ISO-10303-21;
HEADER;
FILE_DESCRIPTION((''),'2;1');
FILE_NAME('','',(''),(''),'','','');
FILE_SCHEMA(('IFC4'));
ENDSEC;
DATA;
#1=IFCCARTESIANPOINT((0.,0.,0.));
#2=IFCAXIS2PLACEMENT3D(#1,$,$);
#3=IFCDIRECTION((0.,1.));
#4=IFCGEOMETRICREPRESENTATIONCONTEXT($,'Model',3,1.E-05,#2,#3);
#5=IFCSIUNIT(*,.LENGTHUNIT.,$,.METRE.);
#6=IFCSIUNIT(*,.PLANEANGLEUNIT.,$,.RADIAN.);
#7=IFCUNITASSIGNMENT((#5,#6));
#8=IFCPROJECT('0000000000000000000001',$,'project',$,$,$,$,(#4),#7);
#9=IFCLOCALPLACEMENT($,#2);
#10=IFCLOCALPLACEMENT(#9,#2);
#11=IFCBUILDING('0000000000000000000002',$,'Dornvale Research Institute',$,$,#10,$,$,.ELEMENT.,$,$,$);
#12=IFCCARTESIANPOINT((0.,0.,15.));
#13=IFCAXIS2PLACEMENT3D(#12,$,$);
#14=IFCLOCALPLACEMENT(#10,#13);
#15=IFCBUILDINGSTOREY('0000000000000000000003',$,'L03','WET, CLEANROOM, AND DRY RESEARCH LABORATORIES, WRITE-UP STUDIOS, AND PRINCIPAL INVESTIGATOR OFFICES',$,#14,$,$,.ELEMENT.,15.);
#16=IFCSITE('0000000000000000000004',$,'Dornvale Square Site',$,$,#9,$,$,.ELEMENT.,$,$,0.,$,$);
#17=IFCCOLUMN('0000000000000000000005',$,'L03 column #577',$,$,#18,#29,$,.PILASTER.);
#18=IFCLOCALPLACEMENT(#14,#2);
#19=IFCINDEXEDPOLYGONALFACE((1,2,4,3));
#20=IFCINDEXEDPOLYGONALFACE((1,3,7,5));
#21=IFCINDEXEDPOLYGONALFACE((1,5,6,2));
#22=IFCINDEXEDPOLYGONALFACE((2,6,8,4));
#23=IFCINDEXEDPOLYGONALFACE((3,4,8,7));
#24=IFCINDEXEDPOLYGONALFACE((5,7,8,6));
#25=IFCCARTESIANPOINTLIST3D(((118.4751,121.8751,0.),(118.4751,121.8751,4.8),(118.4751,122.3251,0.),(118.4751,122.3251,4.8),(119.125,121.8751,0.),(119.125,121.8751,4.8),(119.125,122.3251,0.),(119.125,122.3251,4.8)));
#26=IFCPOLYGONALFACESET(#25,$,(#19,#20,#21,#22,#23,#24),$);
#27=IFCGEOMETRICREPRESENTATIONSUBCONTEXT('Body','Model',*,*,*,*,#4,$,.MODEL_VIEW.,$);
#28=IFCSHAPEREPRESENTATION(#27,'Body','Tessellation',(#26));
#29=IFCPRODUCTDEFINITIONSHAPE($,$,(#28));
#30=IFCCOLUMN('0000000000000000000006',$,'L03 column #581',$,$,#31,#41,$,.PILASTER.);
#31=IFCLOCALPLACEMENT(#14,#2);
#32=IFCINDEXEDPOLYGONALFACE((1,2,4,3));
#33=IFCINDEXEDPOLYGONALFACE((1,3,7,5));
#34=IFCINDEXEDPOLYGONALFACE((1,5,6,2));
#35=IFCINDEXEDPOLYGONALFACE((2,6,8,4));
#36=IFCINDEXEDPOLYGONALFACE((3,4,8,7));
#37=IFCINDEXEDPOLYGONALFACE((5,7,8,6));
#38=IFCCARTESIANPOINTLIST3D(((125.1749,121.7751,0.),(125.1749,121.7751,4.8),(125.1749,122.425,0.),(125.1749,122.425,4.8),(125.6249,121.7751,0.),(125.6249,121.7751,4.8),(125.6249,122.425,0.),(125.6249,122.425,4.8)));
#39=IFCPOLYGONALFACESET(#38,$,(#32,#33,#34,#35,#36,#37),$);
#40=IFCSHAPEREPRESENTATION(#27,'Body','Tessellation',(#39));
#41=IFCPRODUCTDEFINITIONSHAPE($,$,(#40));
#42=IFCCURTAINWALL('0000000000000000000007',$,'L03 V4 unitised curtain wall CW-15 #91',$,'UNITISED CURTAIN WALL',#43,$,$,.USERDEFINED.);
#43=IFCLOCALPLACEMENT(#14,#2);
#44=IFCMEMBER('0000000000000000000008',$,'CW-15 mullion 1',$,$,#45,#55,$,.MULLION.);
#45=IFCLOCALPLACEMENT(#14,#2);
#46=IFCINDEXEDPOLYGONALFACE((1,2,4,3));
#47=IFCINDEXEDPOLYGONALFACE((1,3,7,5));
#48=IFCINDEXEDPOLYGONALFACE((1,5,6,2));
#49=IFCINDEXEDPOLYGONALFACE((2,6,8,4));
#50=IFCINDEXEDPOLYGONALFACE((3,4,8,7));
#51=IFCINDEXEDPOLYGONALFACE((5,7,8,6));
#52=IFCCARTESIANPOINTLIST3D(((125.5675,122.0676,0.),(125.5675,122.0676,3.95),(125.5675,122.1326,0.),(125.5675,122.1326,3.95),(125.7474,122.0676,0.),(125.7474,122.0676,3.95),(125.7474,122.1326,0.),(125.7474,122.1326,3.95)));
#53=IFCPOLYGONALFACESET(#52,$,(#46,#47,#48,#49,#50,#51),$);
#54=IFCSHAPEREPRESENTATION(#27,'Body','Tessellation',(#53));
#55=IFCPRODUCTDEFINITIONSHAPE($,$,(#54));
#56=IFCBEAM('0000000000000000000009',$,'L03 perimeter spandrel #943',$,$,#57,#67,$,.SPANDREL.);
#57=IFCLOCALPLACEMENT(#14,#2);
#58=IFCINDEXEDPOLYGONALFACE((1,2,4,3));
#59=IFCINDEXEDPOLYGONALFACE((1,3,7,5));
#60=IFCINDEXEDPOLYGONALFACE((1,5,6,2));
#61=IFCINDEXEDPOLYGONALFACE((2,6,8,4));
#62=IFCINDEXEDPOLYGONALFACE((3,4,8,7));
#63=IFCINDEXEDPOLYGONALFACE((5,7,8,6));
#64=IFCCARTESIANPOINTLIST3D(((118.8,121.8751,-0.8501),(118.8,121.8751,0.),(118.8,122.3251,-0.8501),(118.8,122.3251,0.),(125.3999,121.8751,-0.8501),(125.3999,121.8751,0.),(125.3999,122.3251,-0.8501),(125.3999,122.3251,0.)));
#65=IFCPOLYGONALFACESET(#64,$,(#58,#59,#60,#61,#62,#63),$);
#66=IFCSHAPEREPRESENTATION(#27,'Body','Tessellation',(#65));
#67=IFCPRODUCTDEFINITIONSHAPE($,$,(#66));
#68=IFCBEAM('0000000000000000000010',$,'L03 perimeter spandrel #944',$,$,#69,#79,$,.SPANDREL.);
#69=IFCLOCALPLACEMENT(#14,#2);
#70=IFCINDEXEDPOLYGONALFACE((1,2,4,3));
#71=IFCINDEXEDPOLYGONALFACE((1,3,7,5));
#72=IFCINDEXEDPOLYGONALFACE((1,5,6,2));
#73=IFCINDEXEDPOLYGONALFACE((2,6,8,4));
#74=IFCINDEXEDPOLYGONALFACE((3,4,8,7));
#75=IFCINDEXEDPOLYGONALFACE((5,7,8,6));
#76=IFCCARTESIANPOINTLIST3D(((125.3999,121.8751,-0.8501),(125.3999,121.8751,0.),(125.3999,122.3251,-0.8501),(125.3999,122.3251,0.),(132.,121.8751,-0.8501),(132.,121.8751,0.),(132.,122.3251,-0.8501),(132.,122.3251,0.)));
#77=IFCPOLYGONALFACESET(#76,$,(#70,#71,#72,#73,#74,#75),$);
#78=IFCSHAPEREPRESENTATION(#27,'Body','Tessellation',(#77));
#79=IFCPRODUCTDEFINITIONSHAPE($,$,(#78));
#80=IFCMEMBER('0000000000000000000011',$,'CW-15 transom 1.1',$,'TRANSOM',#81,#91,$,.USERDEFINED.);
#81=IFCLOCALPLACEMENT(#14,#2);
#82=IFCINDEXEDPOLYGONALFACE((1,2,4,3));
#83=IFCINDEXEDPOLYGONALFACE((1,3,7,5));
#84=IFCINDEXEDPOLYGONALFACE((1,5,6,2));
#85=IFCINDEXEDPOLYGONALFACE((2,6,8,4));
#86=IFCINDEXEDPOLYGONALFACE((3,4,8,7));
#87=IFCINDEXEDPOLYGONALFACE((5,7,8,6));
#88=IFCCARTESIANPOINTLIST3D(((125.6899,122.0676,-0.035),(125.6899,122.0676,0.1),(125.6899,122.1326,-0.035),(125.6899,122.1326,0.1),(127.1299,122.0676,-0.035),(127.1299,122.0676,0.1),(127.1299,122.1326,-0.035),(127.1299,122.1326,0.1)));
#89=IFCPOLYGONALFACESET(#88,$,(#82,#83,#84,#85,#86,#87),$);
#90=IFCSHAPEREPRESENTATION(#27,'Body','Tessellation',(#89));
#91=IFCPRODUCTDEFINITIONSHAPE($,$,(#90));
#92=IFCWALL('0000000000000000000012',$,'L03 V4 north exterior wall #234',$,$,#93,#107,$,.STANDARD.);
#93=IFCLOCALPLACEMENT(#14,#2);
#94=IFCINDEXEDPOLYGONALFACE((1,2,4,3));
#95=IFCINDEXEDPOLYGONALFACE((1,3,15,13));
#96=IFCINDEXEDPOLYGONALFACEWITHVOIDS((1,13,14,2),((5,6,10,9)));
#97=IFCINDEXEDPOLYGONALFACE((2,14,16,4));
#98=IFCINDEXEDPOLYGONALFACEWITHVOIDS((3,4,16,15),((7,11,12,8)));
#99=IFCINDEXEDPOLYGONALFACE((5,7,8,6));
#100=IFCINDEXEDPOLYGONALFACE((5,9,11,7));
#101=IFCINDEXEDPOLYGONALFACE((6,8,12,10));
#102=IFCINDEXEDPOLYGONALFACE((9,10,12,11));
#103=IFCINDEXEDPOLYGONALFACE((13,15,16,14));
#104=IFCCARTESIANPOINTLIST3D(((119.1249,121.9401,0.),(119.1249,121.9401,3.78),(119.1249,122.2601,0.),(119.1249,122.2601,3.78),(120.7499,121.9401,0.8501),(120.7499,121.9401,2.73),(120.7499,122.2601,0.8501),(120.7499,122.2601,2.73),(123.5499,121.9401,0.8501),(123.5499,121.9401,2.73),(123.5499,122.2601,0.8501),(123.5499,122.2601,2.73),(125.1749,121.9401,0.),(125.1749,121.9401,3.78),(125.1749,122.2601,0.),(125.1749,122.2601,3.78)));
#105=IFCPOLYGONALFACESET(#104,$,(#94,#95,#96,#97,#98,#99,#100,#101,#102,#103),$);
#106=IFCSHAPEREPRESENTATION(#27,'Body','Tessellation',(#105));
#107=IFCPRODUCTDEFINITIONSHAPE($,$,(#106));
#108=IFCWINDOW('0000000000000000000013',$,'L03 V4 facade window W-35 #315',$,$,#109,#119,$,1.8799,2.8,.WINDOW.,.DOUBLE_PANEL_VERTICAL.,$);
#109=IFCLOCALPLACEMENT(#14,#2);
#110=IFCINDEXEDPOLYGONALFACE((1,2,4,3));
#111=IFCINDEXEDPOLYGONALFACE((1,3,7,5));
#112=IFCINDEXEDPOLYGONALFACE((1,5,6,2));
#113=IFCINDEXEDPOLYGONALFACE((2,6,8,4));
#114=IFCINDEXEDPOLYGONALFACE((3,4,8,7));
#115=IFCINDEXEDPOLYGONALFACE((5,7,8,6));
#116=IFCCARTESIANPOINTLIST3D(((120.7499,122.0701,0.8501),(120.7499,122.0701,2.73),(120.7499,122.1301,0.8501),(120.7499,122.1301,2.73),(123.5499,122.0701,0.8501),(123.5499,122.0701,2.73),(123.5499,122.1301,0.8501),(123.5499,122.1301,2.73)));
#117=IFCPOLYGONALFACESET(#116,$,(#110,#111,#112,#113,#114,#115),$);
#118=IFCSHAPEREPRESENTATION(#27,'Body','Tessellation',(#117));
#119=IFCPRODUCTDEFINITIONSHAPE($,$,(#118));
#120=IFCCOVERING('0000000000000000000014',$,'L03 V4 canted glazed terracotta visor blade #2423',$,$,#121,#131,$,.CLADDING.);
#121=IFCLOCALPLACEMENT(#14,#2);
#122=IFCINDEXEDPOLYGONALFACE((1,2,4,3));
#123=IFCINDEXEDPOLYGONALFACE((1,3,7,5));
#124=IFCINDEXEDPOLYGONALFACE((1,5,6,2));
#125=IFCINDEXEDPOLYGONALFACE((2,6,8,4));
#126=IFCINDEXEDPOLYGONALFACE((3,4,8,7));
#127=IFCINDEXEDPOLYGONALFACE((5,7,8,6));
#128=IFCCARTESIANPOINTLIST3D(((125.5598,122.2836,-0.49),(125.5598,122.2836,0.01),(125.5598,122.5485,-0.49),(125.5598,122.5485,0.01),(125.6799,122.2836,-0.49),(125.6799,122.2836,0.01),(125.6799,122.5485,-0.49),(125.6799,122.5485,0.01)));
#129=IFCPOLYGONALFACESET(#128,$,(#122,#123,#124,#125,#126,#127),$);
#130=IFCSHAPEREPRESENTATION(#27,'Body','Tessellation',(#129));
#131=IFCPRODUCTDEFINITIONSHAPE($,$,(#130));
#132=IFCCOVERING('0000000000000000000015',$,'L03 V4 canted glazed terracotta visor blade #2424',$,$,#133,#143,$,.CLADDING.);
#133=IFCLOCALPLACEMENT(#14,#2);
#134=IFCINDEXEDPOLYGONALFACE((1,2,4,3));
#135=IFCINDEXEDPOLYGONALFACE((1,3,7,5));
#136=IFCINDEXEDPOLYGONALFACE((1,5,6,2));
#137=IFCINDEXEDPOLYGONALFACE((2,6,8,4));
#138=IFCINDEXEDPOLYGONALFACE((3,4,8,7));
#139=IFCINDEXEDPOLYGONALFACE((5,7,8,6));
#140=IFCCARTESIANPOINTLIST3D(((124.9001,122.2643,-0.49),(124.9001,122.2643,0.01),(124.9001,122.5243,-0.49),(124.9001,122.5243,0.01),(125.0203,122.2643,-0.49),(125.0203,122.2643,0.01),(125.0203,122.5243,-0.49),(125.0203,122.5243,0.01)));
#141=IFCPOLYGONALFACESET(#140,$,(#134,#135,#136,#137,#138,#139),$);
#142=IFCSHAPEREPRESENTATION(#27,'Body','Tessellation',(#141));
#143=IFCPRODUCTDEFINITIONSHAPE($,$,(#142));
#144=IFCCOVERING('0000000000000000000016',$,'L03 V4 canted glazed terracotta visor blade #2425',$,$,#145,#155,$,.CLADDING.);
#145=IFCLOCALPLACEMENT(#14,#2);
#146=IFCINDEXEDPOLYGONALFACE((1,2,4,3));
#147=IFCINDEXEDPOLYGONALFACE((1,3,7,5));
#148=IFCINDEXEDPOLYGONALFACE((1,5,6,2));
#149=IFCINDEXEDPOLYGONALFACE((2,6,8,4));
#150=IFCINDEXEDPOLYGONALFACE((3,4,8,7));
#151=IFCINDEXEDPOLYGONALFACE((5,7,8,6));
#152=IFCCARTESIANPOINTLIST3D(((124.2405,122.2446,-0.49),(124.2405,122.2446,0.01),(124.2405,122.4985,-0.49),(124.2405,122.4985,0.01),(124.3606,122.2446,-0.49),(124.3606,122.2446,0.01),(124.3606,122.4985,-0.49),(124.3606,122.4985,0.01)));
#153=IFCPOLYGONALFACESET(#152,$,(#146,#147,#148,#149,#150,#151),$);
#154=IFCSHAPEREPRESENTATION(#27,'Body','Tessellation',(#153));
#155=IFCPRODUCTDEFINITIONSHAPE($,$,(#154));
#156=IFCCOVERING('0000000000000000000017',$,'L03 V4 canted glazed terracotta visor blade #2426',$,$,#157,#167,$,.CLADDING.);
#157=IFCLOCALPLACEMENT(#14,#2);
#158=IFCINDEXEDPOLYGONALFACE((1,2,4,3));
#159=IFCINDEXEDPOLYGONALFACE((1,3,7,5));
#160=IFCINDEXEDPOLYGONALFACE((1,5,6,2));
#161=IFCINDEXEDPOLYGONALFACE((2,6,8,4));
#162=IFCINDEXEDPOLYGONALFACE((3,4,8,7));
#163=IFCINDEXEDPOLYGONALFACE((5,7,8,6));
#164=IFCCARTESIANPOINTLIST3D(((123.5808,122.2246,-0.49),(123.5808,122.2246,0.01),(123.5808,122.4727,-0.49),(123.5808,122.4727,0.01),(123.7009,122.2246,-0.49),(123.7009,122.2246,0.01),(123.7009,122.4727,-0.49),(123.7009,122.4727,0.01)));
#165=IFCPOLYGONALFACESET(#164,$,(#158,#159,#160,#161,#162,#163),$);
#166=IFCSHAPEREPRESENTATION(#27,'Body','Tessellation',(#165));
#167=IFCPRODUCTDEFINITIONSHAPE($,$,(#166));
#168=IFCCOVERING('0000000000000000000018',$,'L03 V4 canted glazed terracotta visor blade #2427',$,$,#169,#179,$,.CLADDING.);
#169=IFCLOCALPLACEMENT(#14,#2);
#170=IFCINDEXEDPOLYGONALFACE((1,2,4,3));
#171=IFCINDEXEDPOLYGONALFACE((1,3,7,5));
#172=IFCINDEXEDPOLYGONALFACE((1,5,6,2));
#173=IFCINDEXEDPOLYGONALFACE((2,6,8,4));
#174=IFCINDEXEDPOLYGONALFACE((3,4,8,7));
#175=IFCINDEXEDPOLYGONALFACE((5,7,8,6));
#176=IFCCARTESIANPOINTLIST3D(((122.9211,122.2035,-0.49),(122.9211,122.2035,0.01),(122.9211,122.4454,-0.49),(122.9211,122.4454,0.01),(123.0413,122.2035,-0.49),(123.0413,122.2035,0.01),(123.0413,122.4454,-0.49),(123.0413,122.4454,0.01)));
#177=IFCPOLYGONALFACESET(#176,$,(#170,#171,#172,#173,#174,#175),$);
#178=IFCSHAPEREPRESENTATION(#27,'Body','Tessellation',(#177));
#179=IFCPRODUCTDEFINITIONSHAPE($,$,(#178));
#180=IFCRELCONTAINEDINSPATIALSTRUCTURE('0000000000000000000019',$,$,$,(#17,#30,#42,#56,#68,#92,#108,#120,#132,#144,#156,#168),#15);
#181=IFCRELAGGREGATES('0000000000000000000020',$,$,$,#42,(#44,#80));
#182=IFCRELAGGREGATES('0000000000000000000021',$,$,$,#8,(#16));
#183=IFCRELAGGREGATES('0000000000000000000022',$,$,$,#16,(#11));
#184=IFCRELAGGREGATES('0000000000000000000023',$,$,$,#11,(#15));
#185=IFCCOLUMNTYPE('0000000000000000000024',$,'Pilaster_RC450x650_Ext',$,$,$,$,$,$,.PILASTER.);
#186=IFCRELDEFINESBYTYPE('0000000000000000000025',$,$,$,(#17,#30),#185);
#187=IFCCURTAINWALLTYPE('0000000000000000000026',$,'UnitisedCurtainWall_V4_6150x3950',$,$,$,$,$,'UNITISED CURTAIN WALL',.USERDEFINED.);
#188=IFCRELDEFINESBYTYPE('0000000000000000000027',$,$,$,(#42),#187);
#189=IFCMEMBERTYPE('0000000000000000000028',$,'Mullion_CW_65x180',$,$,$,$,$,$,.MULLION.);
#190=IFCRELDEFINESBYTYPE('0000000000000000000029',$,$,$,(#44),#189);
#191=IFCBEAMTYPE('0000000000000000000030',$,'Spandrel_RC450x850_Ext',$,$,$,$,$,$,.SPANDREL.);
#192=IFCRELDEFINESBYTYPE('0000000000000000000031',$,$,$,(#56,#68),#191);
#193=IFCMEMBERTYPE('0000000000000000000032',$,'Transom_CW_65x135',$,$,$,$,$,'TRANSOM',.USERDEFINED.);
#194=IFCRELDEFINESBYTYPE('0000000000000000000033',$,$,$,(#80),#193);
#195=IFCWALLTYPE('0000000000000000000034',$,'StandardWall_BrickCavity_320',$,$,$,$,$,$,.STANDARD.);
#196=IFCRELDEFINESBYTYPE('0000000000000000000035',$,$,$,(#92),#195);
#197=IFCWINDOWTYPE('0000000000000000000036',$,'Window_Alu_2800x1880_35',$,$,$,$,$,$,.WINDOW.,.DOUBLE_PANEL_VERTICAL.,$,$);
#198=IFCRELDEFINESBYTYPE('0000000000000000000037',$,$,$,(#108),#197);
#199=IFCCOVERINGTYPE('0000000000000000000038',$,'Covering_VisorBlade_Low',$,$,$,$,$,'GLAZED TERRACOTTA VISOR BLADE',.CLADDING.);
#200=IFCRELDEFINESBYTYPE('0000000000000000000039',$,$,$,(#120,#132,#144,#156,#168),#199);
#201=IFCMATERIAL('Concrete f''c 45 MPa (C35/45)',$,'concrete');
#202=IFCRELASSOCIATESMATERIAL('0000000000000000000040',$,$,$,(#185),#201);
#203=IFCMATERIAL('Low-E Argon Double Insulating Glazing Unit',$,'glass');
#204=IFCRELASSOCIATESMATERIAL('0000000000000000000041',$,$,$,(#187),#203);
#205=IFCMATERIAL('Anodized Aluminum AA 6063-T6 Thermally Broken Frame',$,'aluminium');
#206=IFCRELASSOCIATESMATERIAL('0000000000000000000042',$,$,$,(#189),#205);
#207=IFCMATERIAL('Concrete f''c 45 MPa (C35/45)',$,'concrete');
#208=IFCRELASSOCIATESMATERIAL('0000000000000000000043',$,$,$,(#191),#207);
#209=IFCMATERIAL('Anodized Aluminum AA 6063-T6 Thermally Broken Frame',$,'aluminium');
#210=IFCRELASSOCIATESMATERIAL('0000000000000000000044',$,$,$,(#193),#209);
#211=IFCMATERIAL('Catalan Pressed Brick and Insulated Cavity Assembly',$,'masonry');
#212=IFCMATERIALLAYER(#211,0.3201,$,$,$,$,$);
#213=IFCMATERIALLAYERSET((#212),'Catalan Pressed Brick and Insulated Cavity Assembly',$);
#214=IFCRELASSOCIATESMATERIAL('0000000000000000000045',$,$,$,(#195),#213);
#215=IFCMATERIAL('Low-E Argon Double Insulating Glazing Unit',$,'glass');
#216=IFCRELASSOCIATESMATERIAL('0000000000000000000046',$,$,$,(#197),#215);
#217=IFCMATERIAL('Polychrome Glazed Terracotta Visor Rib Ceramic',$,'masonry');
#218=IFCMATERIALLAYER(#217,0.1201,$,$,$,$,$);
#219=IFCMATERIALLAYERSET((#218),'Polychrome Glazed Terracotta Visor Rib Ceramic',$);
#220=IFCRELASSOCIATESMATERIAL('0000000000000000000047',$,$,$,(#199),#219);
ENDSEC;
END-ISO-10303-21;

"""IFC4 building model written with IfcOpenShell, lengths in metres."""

from ifc_helpers import new_model, si_unit, direction, frame, frame_2d, origin, origin_2d, place, context, subcontext, project, spatial, rectangle, extrude, material, layer, layer_set, material_profile, profile_set, type_object, element, fill, aggregate, save


model = new_model("IFC4")

# Units and contexts
model_context = context("Model", 3, precision=1e-05, world=origin(), true_north=direction((0.0, 1.0)))
body_context = subcontext(model_context, "Body", "Model", "MODEL_VIEW")
ifc_project = project(units=[si_unit("LENGTHUNIT", "METRE"), si_unit("PLANEANGLEUNIT", "RADIAN")], contexts=[model_context])

# Site, building, storey
site_placement = place(None, origin())
site = spatial("IfcSite", under=ifc_project, at=site_placement, Name="Dornvale Square Site", CompositionType="ELEMENT", RefElevation=0.0)
building_placement = place(site_placement, origin())
building = spatial("IfcBuilding", under=site, at=building_placement, Name="Dornvale Research Institute", CompositionType="ELEMENT")
storey_placement = place(building_placement, frame((0.0, 0.0, 15.0)))
storey = spatial("IfcBuildingStorey", under=building, at=storey_placement, Name="L03", Description="WET, CLEANROOM, AND DRY RESEARCH LABORATORIES, WRITE-UP STUDIOS, AND PRINCIPAL INVESTIGATOR OFFICES", CompositionType="ELEMENT", Elevation=15.0)

# Columns
ifc_material_1 = material(Name="Concrete f'c 45 MPa (C35/45)", Category="concrete")
ifc_material_profile_1 = material_profile(ifc_material_1, rectangle(XDim=0.45, YDim=0.6499, at=origin_2d()), Name="RC 450x650")
ifc_profile_set_1 = profile_set([ifc_material_profile_1], Name="Concrete f'c 45 MPa (C35/45)")
column_type = type_object("IfcColumnType", Name="Pilaster_RC450x650_Ext", PredefinedType="PILASTER", material=ifc_profile_set_1)
for number, where, z_axis, x_axis, name in (
    (1, (118.8, 122.1001, 0.0), (0.0, 0.0, 1.0), (0.0, 1.0, 0.0), "L03 column #577"),
    (2, (125.3999, 122.1001, 0.0), (0.0, 0.0, 1.0), (1.0, 0.0, 0.0), "L03 column #581"),
):
    element("IfcColumn", number, at=place(storey_placement, frame(where, z_axis=z_axis, x_axis=x_axis)), inside=storey, type_object=column_type, Name=name, PredefinedType="PILASTER", context=body_context, shape_type="SweptSolid", body=[
        extrude(rectangle(XDim=0.45, YDim=0.6499, at=origin_2d()), origin(), (0.0, 0.0, 1.0), 4.8),
    ])

# Curtain wall, member
ifc_material_2 = material(Name="Low-E Argon Double Insulating Glazing Unit", Category="glass")
curtain_wall_type = type_object("IfcCurtainWallType", Name="UnitisedCurtainWall_V4_6150x3950", ElementType="UNITISED CURTAIN WALL", PredefinedType="USERDEFINED", material=ifc_material_2)
curtain_wall_placement = place(storey_placement, origin())
curtain_wall = element("IfcCurtainWall", 3, at=curtain_wall_placement, inside=storey, type_object=curtain_wall_type, Name="L03 V4 unitised curtain wall CW-15 #91", ObjectType="UNITISED CURTAIN WALL", PredefinedType="USERDEFINED")
ifc_material_3 = material(Name="Anodized Aluminum AA 6063-T6 Thermally Broken Frame", Category="aluminium")
ifc_material_profile_2 = material_profile(ifc_material_3, rectangle(XDim=0.0649, YDim=0.1799, at=origin_2d()), Name="ALU MULLION 65x180")
ifc_profile_set_2 = profile_set([ifc_material_profile_2], Name="Anodized Aluminum AA 6063-T6 Thermally Broken Frame")
member_type_1 = type_object("IfcMemberType", Name="Mullion_CW_65x180", PredefinedType="MULLION", material=ifc_profile_set_2)
member_1_placement = place(storey_placement, frame((125.6575, 122.1001, 0.0), z_axis=(0.0, 0.0, 1.0), x_axis=(0.0, 1.0, 0.0)))
member_1 = element("IfcMember", 4, at=member_1_placement, type_object=member_type_1, Name="CW-15 mullion 1", PredefinedType="MULLION", context=body_context, shape_type="SweptSolid", body=[
    extrude(rectangle(XDim=0.0649, YDim=0.1799, at=origin_2d()), origin(), (0.0, 0.0, 1.0), 3.95),
])

# Beams
ifc_material_4 = material(Name="Concrete f'c 45 MPa (C35/45)", Category="concrete")
ifc_material_profile_3 = material_profile(ifc_material_4, rectangle(XDim=0.45, YDim=0.8501, at=origin_2d()), Name="RC 450x850")
ifc_profile_set_3 = profile_set([ifc_material_profile_3], Name="Concrete f'c 45 MPa (C35/45)")
beam_type = type_object("IfcBeamType", Name="Spandrel_RC450x850_Ext", PredefinedType="SPANDREL", material=ifc_profile_set_3)
beam_1_placement = place(storey_placement, frame((118.8, 122.1001, -0.425), z_axis=(1.0, 0.0, 0.0), x_axis=(0.0, 1.0, 0.0)))
element("IfcBeam", 5, at=beam_1_placement, inside=storey, type_object=beam_type, Name="L03 perimeter spandrel #943", PredefinedType="SPANDREL", context=body_context, shape_type="SweptSolid", body=[
    extrude(rectangle(XDim=0.45, YDim=0.8501, at=origin_2d()), origin(), (0.0, 0.0, 1.0), 6.5999),
])
beam_2_placement = place(storey_placement, frame((125.3999, 122.1001, -0.425), z_axis=(1.0, 0.0, 0.0), x_axis=(0.0, 1.0, 0.0)))
element("IfcBeam", 6, at=beam_2_placement, inside=storey, type_object=beam_type, Name="L03 perimeter spandrel #944", PredefinedType="SPANDREL", context=body_context, shape_type="SweptSolid", body=[
    extrude(rectangle(XDim=0.45, YDim=0.8501, at=origin_2d()), origin(), (0.0, 0.0, 1.0), 6.6001),
])

# Member
ifc_material_5 = material(Name="Anodized Aluminum AA 6063-T6 Thermally Broken Frame", Category="aluminium")
ifc_material_profile_4 = material_profile(ifc_material_5, rectangle(XDim=0.0649, YDim=0.135, at=origin_2d()), Name="ALU TRANSOM 65x135")
ifc_profile_set_4 = profile_set([ifc_material_profile_4], Name="Anodized Aluminum AA 6063-T6 Thermally Broken Frame")
member_type_2 = type_object("IfcMemberType", Name="Transom_CW_65x135", ElementType="TRANSOM", PredefinedType="USERDEFINED", material=ifc_profile_set_4)
member_2_placement = place(storey_placement, frame((125.6899, 122.1001, 0.0325), z_axis=(1.0, 0.0, 0.0), x_axis=(0.0, 1.0, 0.0)))
member_2 = element("IfcMember", 7, at=member_2_placement, type_object=member_type_2, Name="CW-15 transom 1.1", ObjectType="TRANSOM", PredefinedType="USERDEFINED", context=body_context, shape_type="SweptSolid", body=[
    extrude(rectangle(XDim=0.0649, YDim=0.135, at=origin_2d()), origin(), (0.0, 0.0, 1.0), 1.4399),
])
aggregate(curtain_wall, [member_1, member_2])

# Wall, opening, window
ifc_material_6 = material(Name="Catalan Pressed Brick and Insulated Cavity Assembly", Category="masonry")
ifc_layer_1 = layer(ifc_material_6, 0.3201)
ifc_layer_set_1 = layer_set([ifc_layer_1], Name="Catalan Pressed Brick and Insulated Cavity Assembly")
wall_type = type_object("IfcWallType", Name="StandardWall_BrickCavity_320", PredefinedType="STANDARD", material=ifc_layer_set_1)
wall_placement = place(storey_placement, frame((119.125, 122.1001, 0.0), z_axis=(0.0, 0.0, 1.0), x_axis=(1.0, 0.0, 0.0)))
wall = element("IfcWall", 8, at=wall_placement, inside=storey, type_object=wall_type, Name="L03 V4 north exterior wall #234", PredefinedType="STANDARD", context=body_context, shape_type="SweptSolid", body=[
    extrude(rectangle(XDim=6.05, YDim=0.3201, at=frame_2d((3.0249, 0.0))), origin(), (0.0, 0.0, 1.0), 3.78),
])
opening_placement = place(wall_placement, frame((1.625, 0.0, 0.8501)))
opening = element("IfcOpeningElement", 9, at=opening_placement, cuts=wall, PredefinedType="OPENING", context=body_context, shape_type="SweptSolid", body=[
    extrude(rectangle(XDim=2.8, YDim=1.8799, at=frame_2d((1.3999, 0.9399))), frame((0.0, 0.175, 0.0), z_axis=(0.0, -1.0, 0.0), x_axis=(1.0, 0.0, 0.0)), (0.0, 0.0, 1.0), 0.3501),
])
ifc_material_7 = material(Name="Low-E Argon Double Insulating Glazing Unit", Category="glass")
window_type = type_object("IfcWindowType", Name="Window_Alu_2800x1880_35", PartitioningType="DOUBLE_PANEL_VERTICAL", PredefinedType="WINDOW", material=ifc_material_7)
window_placement = place(opening_placement, origin())
window = element("IfcWindow", 10, at=window_placement, inside=storey, type_object=window_type, Name="L03 V4 facade window W-35 #315", OverallHeight=1.8799, OverallWidth=2.8, PartitioningType="DOUBLE_PANEL_VERTICAL", PredefinedType="WINDOW", context=body_context, shape_type="SweptSolid", body=[
    extrude(rectangle(XDim=2.8, YDim=1.8799, at=frame_2d((1.3999, 0.9399))), frame((0.0, 0.03, 0.0), z_axis=(0.0, -1.0, 0.0), x_axis=(1.0, 0.0, 0.0)), (0.0, 0.0, 1.0), 0.0601),
])
fill(opening, window)

# Coverings
ifc_material_8 = material(Name="Polychrome Glazed Terracotta Visor Rib Ceramic", Category="masonry")
ifc_layer_2 = layer(ifc_material_8, 0.1201)
ifc_layer_set_2 = layer_set([ifc_layer_2], Name="Polychrome Glazed Terracotta Visor Rib Ceramic")
covering_type = type_object("IfcCoveringType", Name="Covering_VisorBlade_Low", ElementType="GLAZED TERRACOTTA VISOR BLADE", PredefinedType="CLADDING", material=ifc_layer_set_2)
covering_1_placement = place(storey_placement, frame((125.6199, 122.416, -0.49), z_axis=(0.0, 0.0, 1.0), x_axis=(0.0, 1.0, 0.0)))
element("IfcCovering", 11, at=covering_1_placement, inside=storey, type_object=covering_type, Name="L03 V4 canted glazed terracotta visor blade #2423", PredefinedType="CLADDING", context=body_context, shape_type="SweptSolid", body=[
    extrude(rectangle(XDim=0.2649, YDim=0.1201, at=origin_2d()), origin(), (0.0, 0.0, 1.0), 0.5),
])
covering_2_placement = place(storey_placement, frame((124.9602, 122.3943, -0.49), z_axis=(0.0, 0.0, 1.0), x_axis=(0.0, 1.0, 0.0)))
element("IfcCovering", 12, at=covering_2_placement, inside=storey, type_object=covering_type, Name="L03 V4 canted glazed terracotta visor blade #2424", PredefinedType="CLADDING", context=body_context, shape_type="SweptSolid", body=[
    extrude(rectangle(XDim=0.26, YDim=0.1201, at=origin_2d()), origin(), (0.0, 0.0, 1.0), 0.5),
])
covering_3_placement = place(storey_placement, frame((124.3005, 122.3716, -0.49), z_axis=(0.0, 0.0, 1.0), x_axis=(0.0, 1.0, 0.0)))
element("IfcCovering", 13, at=covering_3_placement, inside=storey, type_object=covering_type, Name="L03 V4 canted glazed terracotta visor blade #2425", PredefinedType="CLADDING", context=body_context, shape_type="SweptSolid", body=[
    extrude(rectangle(XDim=0.2539, YDim=0.1201, at=origin_2d()), origin(), (0.0, 0.0, 1.0), 0.5),
])
covering_4_placement = place(storey_placement, frame((123.6409, 122.3486, -0.49), z_axis=(0.0, 0.0, 1.0), x_axis=(0.0, 1.0, 0.0)))
element("IfcCovering", 14, at=covering_4_placement, inside=storey, type_object=covering_type, Name="L03 V4 canted glazed terracotta visor blade #2426", PredefinedType="CLADDING", context=body_context, shape_type="SweptSolid", body=[
    extrude(rectangle(XDim=0.248, YDim=0.1201, at=origin_2d()), origin(), (0.0, 0.0, 1.0), 0.5),
])
covering_5_placement = place(storey_placement, frame((122.9812, 122.3245, -0.49), z_axis=(0.0, 0.0, 1.0), x_axis=(0.0, 1.0, 0.0)))
element("IfcCovering", 15, at=covering_5_placement, inside=storey, type_object=covering_type, Name="L03 V4 canted glazed terracotta visor blade #2427", PredefinedType="CLADDING", context=body_context, shape_type="SweptSolid", body=[
    extrude(rectangle(XDim=0.2419, YDim=0.1201, at=origin_2d()), origin(), (0.0, 0.0, 1.0), 0.5),
])

save(model, "model.ifc")
